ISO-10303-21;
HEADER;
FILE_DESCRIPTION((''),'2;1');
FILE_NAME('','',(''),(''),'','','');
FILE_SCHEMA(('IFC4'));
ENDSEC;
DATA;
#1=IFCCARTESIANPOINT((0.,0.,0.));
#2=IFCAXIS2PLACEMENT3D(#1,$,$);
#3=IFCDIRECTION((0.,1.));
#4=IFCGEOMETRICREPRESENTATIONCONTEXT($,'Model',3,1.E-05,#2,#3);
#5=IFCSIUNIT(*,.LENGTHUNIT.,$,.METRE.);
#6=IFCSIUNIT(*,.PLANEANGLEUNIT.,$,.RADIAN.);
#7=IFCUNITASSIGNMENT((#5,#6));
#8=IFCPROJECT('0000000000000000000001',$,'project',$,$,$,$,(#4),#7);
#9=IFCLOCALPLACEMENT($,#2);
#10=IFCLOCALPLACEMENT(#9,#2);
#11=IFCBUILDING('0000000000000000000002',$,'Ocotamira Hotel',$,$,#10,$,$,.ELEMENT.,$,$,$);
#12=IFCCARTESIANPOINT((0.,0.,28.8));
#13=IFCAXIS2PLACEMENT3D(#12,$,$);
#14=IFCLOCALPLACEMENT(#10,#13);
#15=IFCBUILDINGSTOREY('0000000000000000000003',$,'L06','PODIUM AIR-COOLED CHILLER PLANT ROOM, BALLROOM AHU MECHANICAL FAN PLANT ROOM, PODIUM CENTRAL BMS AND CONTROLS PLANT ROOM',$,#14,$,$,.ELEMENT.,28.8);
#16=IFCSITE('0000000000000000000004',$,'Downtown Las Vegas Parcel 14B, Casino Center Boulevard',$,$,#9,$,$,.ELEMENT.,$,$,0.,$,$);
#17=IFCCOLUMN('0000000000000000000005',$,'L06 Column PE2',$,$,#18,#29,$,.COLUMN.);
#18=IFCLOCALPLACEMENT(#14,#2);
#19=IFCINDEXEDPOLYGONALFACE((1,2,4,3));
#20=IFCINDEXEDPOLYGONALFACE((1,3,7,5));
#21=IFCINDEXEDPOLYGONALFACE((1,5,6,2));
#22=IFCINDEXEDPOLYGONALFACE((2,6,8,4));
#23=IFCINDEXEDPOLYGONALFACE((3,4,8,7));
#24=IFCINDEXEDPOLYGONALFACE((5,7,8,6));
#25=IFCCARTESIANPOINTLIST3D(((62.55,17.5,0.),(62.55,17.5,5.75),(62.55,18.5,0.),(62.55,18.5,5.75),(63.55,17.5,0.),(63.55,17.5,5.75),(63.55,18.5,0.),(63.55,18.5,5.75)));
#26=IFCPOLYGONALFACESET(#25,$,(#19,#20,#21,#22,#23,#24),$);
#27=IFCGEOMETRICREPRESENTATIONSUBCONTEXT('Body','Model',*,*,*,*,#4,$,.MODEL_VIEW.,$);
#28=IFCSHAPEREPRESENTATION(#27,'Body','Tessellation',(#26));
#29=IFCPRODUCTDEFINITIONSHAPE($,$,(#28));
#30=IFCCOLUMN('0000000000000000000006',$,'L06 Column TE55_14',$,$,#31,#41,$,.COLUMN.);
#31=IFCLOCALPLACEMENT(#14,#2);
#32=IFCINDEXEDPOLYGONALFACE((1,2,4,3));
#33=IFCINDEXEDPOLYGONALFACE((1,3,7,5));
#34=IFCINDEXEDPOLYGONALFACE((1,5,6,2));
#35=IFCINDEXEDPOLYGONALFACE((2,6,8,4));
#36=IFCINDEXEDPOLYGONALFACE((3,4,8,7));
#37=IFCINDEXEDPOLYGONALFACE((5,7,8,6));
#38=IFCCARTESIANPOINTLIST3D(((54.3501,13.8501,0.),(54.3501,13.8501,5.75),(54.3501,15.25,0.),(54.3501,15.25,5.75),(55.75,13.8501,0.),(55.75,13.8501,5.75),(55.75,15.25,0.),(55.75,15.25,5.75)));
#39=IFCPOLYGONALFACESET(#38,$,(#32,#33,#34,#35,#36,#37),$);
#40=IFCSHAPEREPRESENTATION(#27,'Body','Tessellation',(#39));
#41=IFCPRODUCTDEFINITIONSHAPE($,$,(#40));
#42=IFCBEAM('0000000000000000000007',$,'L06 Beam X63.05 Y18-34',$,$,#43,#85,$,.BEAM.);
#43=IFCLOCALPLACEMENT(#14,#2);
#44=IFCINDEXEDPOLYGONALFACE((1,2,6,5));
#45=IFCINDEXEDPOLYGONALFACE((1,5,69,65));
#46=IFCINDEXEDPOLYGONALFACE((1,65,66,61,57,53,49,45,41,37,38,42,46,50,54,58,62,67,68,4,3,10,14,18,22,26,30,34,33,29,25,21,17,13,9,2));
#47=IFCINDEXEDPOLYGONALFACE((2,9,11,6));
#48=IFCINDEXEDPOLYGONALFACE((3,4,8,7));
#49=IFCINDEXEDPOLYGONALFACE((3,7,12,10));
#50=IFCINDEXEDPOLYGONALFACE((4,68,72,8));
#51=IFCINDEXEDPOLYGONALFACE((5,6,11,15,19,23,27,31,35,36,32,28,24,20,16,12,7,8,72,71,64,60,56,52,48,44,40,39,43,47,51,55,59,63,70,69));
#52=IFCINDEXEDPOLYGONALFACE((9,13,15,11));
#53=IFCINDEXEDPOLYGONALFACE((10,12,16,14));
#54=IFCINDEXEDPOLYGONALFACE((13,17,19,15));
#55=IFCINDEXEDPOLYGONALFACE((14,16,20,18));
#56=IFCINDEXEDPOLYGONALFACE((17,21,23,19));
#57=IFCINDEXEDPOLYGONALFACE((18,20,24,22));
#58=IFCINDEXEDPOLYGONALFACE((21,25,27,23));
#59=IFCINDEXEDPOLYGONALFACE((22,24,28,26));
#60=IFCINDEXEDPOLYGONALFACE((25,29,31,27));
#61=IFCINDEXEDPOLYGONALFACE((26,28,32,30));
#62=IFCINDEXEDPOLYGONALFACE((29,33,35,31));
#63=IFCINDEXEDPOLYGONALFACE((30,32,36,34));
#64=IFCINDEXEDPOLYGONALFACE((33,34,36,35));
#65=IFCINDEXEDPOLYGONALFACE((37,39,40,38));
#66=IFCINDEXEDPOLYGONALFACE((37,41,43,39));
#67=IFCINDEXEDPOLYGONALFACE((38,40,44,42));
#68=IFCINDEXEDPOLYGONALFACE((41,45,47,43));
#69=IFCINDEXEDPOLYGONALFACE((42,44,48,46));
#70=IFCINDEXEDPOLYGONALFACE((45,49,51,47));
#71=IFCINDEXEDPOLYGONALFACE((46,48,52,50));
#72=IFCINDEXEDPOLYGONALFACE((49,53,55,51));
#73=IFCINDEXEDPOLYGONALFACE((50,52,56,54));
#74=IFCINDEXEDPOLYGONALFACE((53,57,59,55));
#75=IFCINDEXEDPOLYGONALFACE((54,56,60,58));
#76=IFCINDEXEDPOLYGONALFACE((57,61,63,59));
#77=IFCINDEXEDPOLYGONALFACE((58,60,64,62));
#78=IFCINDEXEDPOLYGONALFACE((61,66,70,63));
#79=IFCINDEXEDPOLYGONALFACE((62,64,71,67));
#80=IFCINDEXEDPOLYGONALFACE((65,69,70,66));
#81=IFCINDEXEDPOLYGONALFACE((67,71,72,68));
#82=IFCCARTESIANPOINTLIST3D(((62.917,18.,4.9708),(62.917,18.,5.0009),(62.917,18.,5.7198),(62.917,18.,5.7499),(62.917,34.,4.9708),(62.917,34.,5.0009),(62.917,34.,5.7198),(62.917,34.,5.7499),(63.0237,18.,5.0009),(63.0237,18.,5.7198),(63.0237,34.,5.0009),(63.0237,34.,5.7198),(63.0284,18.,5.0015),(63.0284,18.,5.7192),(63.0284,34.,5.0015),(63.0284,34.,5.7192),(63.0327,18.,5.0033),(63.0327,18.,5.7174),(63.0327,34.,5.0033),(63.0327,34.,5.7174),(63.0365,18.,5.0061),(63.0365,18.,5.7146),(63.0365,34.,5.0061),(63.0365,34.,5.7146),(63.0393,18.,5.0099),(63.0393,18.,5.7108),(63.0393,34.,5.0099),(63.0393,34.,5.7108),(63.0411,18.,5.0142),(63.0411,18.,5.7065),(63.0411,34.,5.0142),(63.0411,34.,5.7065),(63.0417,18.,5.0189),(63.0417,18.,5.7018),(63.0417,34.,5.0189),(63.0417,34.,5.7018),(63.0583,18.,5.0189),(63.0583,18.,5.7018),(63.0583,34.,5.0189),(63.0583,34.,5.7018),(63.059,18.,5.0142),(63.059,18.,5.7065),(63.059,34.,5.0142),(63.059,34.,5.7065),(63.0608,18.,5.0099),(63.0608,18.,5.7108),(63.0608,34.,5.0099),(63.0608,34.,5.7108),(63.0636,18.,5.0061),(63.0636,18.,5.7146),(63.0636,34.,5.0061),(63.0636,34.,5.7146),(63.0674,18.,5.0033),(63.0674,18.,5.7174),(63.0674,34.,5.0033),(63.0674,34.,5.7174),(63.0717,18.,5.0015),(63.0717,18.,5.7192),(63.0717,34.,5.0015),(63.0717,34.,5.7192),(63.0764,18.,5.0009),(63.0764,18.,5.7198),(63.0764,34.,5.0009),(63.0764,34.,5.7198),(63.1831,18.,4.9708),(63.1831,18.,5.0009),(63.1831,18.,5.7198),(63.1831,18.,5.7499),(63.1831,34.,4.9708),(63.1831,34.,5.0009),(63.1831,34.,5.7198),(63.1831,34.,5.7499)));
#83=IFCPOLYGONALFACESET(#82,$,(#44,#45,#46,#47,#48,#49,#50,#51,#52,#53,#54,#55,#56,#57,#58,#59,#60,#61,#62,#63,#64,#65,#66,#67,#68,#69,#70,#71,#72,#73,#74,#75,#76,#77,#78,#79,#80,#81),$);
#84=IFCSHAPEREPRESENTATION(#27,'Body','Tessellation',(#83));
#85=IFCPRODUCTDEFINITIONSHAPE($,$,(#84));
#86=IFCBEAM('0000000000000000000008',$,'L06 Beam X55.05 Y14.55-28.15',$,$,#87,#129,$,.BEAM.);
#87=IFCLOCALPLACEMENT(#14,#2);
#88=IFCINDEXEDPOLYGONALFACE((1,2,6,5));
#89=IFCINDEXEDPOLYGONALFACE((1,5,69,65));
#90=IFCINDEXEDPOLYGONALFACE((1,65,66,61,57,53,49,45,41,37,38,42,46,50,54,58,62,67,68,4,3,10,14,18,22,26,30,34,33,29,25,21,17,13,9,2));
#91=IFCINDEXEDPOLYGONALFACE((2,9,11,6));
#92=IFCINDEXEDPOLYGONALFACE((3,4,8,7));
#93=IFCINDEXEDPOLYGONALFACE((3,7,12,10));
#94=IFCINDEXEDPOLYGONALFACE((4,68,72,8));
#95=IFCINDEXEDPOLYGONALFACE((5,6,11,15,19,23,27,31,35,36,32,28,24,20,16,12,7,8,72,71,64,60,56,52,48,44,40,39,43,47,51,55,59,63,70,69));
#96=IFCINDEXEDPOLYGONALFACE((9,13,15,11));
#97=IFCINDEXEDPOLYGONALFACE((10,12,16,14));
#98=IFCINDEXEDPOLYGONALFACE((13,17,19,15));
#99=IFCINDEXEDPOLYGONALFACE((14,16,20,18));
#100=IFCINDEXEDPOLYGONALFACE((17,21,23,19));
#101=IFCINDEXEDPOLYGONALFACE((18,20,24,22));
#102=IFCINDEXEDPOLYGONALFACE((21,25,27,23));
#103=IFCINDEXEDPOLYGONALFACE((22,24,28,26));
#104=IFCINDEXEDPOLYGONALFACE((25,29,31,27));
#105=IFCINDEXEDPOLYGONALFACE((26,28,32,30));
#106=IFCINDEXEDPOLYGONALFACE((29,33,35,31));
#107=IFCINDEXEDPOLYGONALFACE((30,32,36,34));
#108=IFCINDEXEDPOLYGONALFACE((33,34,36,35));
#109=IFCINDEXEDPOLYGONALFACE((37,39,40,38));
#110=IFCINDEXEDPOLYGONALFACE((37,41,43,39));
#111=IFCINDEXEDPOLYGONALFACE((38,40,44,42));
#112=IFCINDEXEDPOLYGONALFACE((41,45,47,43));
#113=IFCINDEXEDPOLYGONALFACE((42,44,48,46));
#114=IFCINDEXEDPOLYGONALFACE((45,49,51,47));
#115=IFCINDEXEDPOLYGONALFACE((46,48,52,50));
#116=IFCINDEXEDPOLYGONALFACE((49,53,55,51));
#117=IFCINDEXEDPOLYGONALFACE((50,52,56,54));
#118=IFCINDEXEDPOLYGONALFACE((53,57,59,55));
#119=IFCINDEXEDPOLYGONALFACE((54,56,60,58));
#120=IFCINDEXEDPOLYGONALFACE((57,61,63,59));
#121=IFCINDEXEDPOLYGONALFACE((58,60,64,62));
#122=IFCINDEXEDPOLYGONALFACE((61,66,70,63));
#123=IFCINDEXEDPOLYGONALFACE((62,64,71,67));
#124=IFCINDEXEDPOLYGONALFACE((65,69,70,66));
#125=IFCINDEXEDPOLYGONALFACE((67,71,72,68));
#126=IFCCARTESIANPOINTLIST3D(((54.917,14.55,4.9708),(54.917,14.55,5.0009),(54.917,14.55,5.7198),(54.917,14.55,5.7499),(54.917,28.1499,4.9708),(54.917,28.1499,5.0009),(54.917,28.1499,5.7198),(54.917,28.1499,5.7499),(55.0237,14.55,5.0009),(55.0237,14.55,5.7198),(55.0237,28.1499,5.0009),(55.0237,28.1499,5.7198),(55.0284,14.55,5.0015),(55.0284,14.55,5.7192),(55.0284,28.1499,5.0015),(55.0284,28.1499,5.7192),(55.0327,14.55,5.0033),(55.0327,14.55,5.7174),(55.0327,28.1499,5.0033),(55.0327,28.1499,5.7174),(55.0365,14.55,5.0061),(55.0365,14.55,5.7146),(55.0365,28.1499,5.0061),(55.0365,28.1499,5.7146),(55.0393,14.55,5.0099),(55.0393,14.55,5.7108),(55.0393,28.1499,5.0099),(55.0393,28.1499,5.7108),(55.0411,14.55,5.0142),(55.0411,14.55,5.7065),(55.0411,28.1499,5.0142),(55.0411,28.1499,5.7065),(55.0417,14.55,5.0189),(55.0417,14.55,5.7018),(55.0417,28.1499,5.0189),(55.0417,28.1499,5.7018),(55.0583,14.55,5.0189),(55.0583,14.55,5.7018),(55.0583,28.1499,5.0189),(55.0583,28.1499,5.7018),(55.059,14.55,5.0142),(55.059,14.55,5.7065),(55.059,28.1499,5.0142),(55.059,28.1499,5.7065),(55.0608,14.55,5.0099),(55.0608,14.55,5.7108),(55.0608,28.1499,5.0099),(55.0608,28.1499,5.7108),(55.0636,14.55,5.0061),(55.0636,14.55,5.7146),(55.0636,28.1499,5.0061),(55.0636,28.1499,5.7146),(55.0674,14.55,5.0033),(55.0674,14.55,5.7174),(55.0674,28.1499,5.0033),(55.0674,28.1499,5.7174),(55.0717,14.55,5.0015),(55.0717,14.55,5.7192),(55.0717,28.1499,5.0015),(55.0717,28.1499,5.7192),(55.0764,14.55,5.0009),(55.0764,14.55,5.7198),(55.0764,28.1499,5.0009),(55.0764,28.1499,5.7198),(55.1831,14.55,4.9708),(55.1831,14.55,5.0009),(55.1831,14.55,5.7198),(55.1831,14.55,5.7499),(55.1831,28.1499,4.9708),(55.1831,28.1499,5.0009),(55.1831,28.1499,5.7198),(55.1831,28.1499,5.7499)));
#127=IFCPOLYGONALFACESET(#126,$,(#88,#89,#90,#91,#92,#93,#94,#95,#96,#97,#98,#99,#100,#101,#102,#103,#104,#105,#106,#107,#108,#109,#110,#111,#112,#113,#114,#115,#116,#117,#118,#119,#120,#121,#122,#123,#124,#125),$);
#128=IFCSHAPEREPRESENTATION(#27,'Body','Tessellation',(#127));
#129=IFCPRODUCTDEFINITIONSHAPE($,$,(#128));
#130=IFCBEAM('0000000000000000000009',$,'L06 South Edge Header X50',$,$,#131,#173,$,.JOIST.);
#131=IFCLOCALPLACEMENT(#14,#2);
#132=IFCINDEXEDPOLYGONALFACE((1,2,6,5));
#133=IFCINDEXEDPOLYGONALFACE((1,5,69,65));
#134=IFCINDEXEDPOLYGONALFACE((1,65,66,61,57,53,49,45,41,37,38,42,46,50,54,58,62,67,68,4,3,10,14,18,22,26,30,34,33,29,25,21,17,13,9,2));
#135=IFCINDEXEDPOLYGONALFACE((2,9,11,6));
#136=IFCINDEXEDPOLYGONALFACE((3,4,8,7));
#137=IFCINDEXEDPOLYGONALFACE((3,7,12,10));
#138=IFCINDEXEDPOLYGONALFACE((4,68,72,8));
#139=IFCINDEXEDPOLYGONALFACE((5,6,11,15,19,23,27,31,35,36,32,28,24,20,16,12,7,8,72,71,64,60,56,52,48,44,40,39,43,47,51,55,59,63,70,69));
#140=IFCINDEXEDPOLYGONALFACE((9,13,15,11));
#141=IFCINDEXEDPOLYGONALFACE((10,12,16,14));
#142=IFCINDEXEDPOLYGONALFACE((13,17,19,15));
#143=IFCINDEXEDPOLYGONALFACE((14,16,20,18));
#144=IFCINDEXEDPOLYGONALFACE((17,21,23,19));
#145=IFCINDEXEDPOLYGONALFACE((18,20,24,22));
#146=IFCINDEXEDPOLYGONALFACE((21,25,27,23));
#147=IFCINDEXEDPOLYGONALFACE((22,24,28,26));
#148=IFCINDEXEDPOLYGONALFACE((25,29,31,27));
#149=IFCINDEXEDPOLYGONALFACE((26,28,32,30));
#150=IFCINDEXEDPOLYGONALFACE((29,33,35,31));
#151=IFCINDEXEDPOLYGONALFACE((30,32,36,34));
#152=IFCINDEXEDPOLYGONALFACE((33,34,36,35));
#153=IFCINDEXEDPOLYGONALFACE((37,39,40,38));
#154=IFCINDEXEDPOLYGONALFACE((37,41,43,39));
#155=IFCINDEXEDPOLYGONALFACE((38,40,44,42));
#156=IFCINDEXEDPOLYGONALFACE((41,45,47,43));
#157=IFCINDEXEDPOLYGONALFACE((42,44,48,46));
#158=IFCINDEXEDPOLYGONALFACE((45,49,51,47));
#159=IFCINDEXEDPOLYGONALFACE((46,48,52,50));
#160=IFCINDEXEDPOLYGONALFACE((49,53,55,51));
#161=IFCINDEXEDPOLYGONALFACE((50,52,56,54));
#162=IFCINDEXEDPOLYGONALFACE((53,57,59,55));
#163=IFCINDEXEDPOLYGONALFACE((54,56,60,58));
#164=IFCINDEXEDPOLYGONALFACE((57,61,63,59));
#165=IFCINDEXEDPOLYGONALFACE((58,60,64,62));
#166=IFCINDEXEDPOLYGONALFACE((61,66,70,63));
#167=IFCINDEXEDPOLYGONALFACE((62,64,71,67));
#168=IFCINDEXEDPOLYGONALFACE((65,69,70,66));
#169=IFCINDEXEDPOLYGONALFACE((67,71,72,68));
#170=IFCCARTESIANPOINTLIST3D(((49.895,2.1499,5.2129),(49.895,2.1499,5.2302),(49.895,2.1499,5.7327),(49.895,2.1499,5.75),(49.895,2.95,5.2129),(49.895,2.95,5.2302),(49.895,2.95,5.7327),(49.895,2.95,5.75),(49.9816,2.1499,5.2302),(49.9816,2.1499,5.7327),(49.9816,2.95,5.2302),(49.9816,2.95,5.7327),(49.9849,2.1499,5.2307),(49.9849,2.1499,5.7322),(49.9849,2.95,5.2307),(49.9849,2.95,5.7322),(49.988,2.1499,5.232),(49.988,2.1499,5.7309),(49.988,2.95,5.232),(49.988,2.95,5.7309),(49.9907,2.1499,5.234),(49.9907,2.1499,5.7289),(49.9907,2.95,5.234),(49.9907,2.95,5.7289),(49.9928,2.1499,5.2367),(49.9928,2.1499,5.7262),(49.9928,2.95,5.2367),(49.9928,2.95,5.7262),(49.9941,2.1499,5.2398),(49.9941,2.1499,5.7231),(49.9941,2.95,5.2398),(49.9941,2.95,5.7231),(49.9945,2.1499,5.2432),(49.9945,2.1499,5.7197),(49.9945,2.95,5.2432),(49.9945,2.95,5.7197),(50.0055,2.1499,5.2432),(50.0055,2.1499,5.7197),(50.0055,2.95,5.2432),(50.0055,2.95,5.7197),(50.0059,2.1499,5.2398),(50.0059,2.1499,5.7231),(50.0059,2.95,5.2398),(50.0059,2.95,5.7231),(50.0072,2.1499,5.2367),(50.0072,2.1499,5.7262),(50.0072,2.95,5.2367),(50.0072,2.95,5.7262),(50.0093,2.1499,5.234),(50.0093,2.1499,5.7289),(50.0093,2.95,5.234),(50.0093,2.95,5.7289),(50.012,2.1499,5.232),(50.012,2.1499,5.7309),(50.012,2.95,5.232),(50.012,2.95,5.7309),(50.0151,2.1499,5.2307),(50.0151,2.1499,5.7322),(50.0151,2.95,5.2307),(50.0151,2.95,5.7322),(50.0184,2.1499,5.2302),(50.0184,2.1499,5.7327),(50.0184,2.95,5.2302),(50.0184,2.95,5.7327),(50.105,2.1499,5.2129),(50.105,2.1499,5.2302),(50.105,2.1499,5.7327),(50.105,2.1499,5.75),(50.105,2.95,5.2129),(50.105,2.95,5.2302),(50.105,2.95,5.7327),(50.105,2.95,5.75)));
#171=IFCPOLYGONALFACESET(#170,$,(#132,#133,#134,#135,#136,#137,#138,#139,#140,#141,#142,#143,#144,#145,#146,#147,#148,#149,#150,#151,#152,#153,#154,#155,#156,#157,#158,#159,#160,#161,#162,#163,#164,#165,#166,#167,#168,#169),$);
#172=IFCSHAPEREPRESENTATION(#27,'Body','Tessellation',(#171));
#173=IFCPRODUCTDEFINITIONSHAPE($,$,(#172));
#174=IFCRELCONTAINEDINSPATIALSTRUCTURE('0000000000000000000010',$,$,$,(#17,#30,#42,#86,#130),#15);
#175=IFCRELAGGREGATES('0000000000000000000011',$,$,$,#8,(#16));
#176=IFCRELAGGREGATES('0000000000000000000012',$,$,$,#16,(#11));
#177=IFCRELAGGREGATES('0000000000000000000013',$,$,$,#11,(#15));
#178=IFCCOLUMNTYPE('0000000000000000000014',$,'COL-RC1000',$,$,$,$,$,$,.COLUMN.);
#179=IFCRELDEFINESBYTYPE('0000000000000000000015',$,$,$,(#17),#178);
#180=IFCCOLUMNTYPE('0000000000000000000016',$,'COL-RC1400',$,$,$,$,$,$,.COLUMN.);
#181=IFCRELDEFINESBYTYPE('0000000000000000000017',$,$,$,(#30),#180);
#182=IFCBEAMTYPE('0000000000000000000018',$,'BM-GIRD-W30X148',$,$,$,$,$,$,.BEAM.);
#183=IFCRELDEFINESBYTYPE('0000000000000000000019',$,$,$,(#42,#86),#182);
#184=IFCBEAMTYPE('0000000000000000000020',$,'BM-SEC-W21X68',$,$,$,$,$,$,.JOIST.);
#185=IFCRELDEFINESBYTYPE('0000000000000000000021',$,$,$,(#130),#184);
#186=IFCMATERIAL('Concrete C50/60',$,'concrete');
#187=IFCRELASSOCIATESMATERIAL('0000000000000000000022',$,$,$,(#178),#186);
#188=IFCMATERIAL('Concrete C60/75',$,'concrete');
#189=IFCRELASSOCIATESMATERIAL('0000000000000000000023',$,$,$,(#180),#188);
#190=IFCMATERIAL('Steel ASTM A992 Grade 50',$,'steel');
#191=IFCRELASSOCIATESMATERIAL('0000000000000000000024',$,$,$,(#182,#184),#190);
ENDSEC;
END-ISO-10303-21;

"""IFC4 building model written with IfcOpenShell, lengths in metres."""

from ifc_helpers import new_model, si_unit, direction, frame, origin, origin_2d, place, context, subcontext, project, spatial, rectangle, i_section, extrude, source, transform, mapped, material, material_profile, profile_set, type_object, element, save


model = new_model("IFC4")

# Units and contexts
model_context = context("Model", 3, precision=1e-05, world=origin(), true_north=direction((0.0, 1.0)))
body_context = subcontext(model_context, "Body", "Model", "MODEL_VIEW")
ifc_project = project(units=[si_unit("LENGTHUNIT", "METRE"), si_unit("PLANEANGLEUNIT", "RADIAN")], contexts=[model_context])

# Site, building, storey
site_placement = place(None, origin())
site = spatial("IfcSite", under=ifc_project, at=site_placement, Name="Downtown Las Vegas Parcel 14B, Casino Center Boulevard", CompositionType="ELEMENT", RefElevation=0.0)
building_placement = place(site_placement, origin())
building = spatial("IfcBuilding", under=site, at=building_placement, Name="Ocotamira Hotel", CompositionType="ELEMENT")
storey_placement = place(building_placement, frame((0.0, 0.0, 28.8)))
storey = spatial("IfcBuildingStorey", under=building, at=storey_placement, Name="L06", Description="PODIUM AIR-COOLED CHILLER PLANT ROOM, BALLROOM AHU MECHANICAL FAN PLANT ROOM, PODIUM CENTRAL BMS AND CONTROLS PLANT ROOM", CompositionType="ELEMENT", Elevation=28.8)

# Columns
ifc_material_1 = material(Name="Concrete C50/60", Category="concrete")
ifc_material_profile_1 = material_profile(ifc_material_1, rectangle(XDim=1.0, YDim=1.0, at=origin_2d()), Name="RC1000X1000")
ifc_profile_set_1 = profile_set([ifc_material_profile_1], Name="Concrete C50/60")
column_type_1 = type_object("IfcColumnType", Name="COL-RC1000", PredefinedType="COLUMN", material=ifc_profile_set_1)
shared_shape_1 = source(origin(), body_context, "Body", "SweptSolid", [
    extrude(rectangle(XDim=1.0, YDim=1.0, at=origin_2d()), origin(), (0.0, 0.0, 1.0), 5.75),
])
column_1_placement = place(storey_placement, frame((63.05, 18.0, 0.0), z_axis=(0.0, 0.0, 1.0), x_axis=(1.0, 0.0, 0.0)))
element("IfcColumn", 1, at=column_1_placement, inside=storey, type_object=column_type_1, Name="L06 Column PE2", PredefinedType="COLUMN", context=body_context, shape_type="MappedRepresentation", body=[
    mapped(shared_shape_1, transform((0.0, 0.0, 0.0), scale=1.0)),
])
ifc_material_2 = material(Name="Concrete C60/75", Category="concrete")
ifc_material_profile_2 = material_profile(ifc_material_2, rectangle(XDim=1.3999, YDim=1.3999, at=origin_2d()), Name="RC1400X1400")
ifc_profile_set_2 = profile_set([ifc_material_profile_2], Name="Concrete C60/75")
column_type_2 = type_object("IfcColumnType", Name="COL-RC1400", PredefinedType="COLUMN", material=ifc_profile_set_2)
shared_shape_2 = source(origin(), body_context, "Body", "SweptSolid", [
    extrude(rectangle(XDim=1.3999, YDim=1.3999, at=origin_2d()), origin(), (0.0, 0.0, 1.0), 5.75),
])
column_2_placement = place(storey_placement, frame((55.05, 14.55, 0.0), z_axis=(0.0, 0.0, 1.0), x_axis=(1.0, 0.0, 0.0)))
element("IfcColumn", 2, at=column_2_placement, inside=storey, type_object=column_type_2, Name="L06 Column TE55_14", PredefinedType="COLUMN", context=body_context, shape_type="MappedRepresentation", body=[
    mapped(shared_shape_2, transform((0.0, 0.0, 0.0), scale=1.0)),
])

# Beams
ifc_material_3 = material(Name="Steel ASTM A992 Grade 50", Category="steel")
ifc_material_profile_3 = material_profile(ifc_material_3, i_section(OverallWidth=0.2661, OverallDepth=0.7791, WebThickness=0.0166, FlangeThickness=0.03, FilletRadius=0.0181, at=origin_2d()), Name="W30X148")
ifc_profile_set_3 = profile_set([ifc_material_profile_3], Name="Steel ASTM A992 Grade 50")
beam_type_1 = type_object("IfcBeamType", Name="BM-GIRD-W30X148", PredefinedType="BEAM", material=ifc_profile_set_3)
shared_shape_3 = source(origin(), body_context, "Body", "SweptSolid", [
    extrude(i_section(OverallWidth=0.2661, OverallDepth=0.7791, WebThickness=0.0166, FlangeThickness=0.03, FilletRadius=0.0181, at=origin_2d()), origin(), (0.0, 0.0, 1.0), 16.0),
])
beam_1_placement = place(storey_placement, frame((63.05, 18.0, 5.3604), z_axis=(0.0, 1.0, 0.0), x_axis=(-1.0, 0.0, 0.0)))
element("IfcBeam", 3, at=beam_1_placement, inside=storey, type_object=beam_type_1, Name="L06 Beam X63.05 Y18-34", PredefinedType="BEAM", context=body_context, shape_type="MappedRepresentation", body=[
    mapped(shared_shape_3, transform((0.0, 0.0, 0.0), scale=1.0)),
])
shared_shape_4 = source(origin(), body_context, "Body", "SweptSolid", [
    extrude(i_section(OverallWidth=0.2661, OverallDepth=0.7791, WebThickness=0.0166, FlangeThickness=0.03, FilletRadius=0.0181, at=origin_2d()), origin(), (0.0, 0.0, 1.0), 13.5999),
])
beam_2_placement = place(storey_placement, frame((55.05, 14.55, 5.3604), z_axis=(0.0, 1.0, 0.0), x_axis=(-1.0, 0.0, 0.0)))
element("IfcBeam", 4, at=beam_2_placement, inside=storey, type_object=beam_type_1, Name="L06 Beam X55.05 Y14.55-28.15", PredefinedType="BEAM", context=body_context, shape_type="MappedRepresentation", body=[
    mapped(shared_shape_4, transform((0.0, 0.0, 0.0), scale=1.0)),
])
ifc_material_profile_4 = material_profile(ifc_material_3, i_section(OverallWidth=0.21, OverallDepth=0.5371, WebThickness=0.011, FlangeThickness=0.0173, FilletRadius=0.0129, at=origin_2d()), Name="W21X68")
ifc_profile_set_4 = profile_set([ifc_material_profile_4], Name="Steel ASTM A992 Grade 50")
beam_type_2 = type_object("IfcBeamType", Name="BM-SEC-W21X68", PredefinedType="JOIST", material=ifc_profile_set_4)
shared_shape_5 = source(origin(), body_context, "Body", "SweptSolid", [
    extrude(i_section(OverallWidth=0.21, OverallDepth=0.5371, WebThickness=0.011, FlangeThickness=0.0173, FilletRadius=0.0129, at=origin_2d()), origin(), (0.0, 0.0, 1.0), 0.8),
])
for number, where, z_axis, x_axis, name in (
    (5, (50.0, 2.95, 5.4814), (0.0, -1.0, 0.0), (1.0, 0.0, 0.0), "L06 South Edge Header X50"),
):
    element("IfcBeam", number, at=place(storey_placement, frame(where, z_axis=z_axis, x_axis=x_axis)), inside=storey, type_object=beam_type_2, Name=name, PredefinedType="JOIST", context=body_context, shape_type="MappedRepresentation", body=[
        mapped(shared_shape_5, transform((0.0, 0.0, 0.0), scale=1.0)),
    ])

save(model, "model.ifc")
